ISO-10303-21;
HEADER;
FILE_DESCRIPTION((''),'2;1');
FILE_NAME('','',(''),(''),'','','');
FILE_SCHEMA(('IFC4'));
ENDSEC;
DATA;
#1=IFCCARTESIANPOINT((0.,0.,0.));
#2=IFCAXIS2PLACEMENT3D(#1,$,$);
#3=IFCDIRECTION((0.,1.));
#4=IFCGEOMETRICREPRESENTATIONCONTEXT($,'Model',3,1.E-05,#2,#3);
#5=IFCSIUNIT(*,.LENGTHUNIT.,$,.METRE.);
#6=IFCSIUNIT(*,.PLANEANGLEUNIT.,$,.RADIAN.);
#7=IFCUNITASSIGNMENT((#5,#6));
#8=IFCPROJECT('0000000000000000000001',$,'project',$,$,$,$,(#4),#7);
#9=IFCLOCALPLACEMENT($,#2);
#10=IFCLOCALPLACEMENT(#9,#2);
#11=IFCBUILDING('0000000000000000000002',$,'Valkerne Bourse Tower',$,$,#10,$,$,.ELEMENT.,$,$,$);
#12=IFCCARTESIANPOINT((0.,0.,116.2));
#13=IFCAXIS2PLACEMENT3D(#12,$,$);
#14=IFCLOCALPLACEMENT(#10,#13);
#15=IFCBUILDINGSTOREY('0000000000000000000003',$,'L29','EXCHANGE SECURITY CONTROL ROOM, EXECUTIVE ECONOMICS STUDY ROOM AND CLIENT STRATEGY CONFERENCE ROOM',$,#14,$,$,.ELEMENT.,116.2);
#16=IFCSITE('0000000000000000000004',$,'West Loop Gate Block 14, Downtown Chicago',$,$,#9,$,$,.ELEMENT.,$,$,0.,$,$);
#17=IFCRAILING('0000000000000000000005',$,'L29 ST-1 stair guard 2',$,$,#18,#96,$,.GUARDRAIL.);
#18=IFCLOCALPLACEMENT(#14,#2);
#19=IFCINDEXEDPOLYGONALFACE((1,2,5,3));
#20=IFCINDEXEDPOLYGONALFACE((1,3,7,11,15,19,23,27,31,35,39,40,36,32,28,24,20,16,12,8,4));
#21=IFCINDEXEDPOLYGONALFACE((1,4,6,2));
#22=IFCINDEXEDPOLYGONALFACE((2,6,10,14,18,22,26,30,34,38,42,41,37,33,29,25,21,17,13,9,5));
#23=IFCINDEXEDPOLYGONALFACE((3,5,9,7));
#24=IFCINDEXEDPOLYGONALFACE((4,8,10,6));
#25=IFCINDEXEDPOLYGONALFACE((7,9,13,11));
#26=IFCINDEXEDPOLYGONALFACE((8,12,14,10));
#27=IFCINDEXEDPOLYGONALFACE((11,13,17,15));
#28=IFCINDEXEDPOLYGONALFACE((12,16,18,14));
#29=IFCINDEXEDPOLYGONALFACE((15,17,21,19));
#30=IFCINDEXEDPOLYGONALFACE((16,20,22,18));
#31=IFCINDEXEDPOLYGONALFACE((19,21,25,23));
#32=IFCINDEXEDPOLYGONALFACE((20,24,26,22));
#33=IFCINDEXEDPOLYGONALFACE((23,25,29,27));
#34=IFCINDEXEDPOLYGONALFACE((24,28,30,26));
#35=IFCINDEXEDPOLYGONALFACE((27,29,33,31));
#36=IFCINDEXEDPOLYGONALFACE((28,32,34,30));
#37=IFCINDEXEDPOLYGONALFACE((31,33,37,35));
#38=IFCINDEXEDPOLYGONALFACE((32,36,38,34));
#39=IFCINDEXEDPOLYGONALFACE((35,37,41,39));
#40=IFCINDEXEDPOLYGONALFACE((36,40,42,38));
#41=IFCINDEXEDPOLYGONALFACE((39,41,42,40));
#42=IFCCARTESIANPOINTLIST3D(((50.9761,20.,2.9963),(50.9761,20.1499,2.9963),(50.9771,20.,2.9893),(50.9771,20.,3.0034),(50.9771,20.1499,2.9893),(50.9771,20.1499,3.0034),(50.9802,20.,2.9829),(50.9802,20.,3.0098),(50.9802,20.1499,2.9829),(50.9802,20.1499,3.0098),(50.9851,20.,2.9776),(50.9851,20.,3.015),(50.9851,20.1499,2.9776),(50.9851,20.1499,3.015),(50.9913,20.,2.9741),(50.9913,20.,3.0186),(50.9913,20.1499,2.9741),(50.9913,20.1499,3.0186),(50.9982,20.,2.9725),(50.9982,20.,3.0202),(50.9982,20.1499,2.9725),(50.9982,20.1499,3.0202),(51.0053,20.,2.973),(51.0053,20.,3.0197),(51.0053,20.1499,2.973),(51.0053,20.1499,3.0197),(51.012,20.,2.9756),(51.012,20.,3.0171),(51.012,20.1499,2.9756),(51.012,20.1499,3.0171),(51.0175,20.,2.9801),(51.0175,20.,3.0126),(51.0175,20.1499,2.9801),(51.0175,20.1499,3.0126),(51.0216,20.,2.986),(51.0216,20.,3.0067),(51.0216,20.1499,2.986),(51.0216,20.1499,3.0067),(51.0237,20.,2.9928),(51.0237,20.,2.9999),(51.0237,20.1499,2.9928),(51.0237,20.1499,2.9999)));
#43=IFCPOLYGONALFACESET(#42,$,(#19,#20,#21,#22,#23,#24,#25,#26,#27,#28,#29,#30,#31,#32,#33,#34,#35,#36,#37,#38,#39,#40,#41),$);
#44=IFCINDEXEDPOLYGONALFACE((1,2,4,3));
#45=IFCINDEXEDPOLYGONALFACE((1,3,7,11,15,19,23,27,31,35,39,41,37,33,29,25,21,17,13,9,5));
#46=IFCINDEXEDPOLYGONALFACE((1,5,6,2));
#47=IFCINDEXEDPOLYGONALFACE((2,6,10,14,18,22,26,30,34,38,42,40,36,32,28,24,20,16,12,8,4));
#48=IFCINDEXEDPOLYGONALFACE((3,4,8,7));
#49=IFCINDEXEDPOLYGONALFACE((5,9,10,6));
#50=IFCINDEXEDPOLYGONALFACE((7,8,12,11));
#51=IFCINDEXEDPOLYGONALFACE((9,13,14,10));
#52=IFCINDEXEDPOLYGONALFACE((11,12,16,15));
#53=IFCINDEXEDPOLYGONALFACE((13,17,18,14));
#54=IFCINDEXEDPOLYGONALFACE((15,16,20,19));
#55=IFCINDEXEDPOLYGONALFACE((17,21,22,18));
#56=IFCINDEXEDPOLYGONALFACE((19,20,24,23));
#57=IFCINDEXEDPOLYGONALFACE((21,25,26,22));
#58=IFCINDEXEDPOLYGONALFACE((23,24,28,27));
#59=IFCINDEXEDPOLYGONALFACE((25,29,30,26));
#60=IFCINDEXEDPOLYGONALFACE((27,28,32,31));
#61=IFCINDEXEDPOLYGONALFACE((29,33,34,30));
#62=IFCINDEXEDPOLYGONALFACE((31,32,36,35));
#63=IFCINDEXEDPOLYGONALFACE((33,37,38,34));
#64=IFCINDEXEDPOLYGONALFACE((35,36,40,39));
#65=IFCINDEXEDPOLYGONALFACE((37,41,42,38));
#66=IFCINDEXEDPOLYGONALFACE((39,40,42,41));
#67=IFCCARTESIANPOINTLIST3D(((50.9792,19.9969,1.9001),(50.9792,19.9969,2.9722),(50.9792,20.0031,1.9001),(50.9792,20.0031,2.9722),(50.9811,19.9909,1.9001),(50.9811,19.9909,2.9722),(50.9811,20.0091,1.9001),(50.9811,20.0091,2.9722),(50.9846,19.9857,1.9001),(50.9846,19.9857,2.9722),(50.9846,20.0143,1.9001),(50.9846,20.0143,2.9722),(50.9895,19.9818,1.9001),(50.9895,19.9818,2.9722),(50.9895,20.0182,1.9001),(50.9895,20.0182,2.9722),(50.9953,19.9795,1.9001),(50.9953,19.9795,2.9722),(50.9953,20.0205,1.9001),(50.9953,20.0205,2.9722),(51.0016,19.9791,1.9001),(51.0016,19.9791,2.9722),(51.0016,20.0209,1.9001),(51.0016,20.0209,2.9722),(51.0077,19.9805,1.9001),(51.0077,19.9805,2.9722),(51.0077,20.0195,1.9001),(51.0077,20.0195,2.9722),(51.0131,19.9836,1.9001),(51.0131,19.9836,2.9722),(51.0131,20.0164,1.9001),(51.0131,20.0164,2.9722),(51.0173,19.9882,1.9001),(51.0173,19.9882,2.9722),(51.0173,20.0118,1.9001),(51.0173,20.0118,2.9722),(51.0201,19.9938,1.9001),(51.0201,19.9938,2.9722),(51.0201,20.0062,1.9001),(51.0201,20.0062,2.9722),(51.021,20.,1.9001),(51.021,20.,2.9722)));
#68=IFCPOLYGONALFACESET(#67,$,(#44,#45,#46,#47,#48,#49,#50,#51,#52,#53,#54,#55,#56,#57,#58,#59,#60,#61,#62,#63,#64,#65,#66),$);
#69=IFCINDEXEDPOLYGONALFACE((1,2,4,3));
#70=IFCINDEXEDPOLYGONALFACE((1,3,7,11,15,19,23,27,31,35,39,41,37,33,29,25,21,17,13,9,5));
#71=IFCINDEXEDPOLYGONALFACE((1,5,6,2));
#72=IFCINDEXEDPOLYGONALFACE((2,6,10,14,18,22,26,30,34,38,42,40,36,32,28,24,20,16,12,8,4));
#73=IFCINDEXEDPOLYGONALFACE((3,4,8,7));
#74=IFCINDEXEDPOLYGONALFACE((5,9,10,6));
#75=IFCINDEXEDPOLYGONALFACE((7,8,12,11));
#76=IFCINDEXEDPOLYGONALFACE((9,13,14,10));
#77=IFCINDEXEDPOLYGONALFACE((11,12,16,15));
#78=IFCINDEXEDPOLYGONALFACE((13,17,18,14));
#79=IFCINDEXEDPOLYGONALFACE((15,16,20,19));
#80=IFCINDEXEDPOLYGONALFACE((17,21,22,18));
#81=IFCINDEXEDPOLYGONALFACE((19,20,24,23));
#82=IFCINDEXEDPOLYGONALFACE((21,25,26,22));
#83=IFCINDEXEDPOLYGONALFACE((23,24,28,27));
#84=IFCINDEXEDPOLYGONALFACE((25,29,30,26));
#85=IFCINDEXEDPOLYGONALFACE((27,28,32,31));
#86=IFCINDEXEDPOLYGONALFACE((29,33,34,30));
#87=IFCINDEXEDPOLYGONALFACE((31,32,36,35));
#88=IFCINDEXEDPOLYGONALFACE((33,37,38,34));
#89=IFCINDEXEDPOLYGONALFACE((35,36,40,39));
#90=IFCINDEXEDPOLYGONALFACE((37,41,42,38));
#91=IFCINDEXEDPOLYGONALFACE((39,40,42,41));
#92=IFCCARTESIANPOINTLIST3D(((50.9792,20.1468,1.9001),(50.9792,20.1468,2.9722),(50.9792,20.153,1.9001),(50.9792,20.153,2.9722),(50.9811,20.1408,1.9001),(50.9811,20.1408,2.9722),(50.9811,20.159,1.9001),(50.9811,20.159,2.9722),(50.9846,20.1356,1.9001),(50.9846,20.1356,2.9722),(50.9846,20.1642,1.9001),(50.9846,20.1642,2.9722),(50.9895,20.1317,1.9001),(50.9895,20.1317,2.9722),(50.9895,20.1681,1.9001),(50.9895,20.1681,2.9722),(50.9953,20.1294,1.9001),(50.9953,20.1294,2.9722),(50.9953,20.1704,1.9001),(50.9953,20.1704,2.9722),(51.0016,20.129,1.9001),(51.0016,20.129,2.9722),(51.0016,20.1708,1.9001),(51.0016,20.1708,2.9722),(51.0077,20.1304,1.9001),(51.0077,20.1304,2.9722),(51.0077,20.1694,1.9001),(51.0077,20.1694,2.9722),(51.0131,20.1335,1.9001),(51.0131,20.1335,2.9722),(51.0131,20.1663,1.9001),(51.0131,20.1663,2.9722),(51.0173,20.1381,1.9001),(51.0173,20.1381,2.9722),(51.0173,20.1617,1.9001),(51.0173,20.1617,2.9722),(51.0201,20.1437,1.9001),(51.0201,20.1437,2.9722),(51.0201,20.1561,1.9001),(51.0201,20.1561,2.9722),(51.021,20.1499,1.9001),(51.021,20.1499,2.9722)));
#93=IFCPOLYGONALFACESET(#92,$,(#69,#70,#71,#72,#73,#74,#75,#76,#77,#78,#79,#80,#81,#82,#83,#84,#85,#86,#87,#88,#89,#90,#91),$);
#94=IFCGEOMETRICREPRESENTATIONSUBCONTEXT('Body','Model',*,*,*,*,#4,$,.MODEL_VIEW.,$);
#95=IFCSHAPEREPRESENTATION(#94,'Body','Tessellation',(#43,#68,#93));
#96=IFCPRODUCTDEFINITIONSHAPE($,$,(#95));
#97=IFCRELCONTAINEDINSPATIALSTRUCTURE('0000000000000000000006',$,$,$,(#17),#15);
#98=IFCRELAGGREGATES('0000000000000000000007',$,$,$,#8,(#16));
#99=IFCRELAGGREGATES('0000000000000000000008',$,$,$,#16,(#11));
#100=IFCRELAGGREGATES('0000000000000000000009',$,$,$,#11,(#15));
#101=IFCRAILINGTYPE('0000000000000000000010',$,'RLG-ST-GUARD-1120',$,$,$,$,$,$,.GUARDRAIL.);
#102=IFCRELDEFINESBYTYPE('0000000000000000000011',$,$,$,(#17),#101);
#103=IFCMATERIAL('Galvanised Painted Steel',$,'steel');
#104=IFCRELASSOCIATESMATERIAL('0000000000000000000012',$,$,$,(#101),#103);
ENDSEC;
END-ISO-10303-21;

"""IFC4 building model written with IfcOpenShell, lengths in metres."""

from ifc_helpers import new_model, si_unit, direction, frame, origin, origin_2d, place, context, subcontext, project, spatial, circle, extrude, material, type_object, element, save


model = new_model("IFC4")

# Units and contexts
model_context = context("Model", 3, precision=1e-05, world=origin(), true_north=direction((0.0, 1.0)))
body_context = subcontext(model_context, "Body", "Model", "MODEL_VIEW")
ifc_project = project(units=[si_unit("LENGTHUNIT", "METRE"), si_unit("PLANEANGLEUNIT", "RADIAN")], contexts=[model_context])

# Site, building, storey
site_placement = place(None, origin())
site = spatial("IfcSite", under=ifc_project, at=site_placement, Name="West Loop Gate Block 14, Downtown Chicago", CompositionType="ELEMENT", RefElevation=0.0)
building_placement = place(site_placement, origin())
building = spatial("IfcBuilding", under=site, at=building_placement, Name="Valkerne Bourse Tower", CompositionType="ELEMENT")
storey_placement = place(building_placement, frame((0.0, 0.0, 116.2)))
storey = spatial("IfcBuildingStorey", under=building, at=storey_placement, Name="L29", Description="EXCHANGE SECURITY CONTROL ROOM, EXECUTIVE ECONOMICS STUDY ROOM AND CLIENT STRATEGY CONFERENCE ROOM", CompositionType="ELEMENT", Elevation=116.2)

# Shared definitions
ifc_material_1 = material(Name="Galvanised Painted Steel", Category="steel")

# Railing
railing_type_1 = type_object("IfcRailingType", Name="RLG-ST-GUARD-1120", PredefinedType="GUARDRAIL", material=ifc_material_1)
railing_1_placement = place(storey_placement, frame((51.0, 20.0, 1.9001)))
element("IfcRailing", 1, at=railing_1_placement, inside=storey, type_object=railing_type_1, Name="L29 ST-1 stair guard 2", PredefinedType="GUARDRAIL", context=body_context, shape_type="SweptSolid", body=[
    extrude(circle(Radius=0.0239, at=origin_2d()), frame((0.0, 0.0, 1.0962), z_axis=(0.0, 1.0, 0.0), x_axis=(-1.0, 0.0, 0.0)), (0.0, 0.0, 1.0), 0.1499),
    extrude(circle(Radius=0.021, at=origin_2d()), origin(), (0.0, 0.0, 1.0), 1.072),
    extrude(circle(Radius=0.021, at=origin_2d()), frame((0.0, 0.1499, 0.0)), (0.0, 0.0, 1.0), 1.072),
])

save(model, "model.ifc")
